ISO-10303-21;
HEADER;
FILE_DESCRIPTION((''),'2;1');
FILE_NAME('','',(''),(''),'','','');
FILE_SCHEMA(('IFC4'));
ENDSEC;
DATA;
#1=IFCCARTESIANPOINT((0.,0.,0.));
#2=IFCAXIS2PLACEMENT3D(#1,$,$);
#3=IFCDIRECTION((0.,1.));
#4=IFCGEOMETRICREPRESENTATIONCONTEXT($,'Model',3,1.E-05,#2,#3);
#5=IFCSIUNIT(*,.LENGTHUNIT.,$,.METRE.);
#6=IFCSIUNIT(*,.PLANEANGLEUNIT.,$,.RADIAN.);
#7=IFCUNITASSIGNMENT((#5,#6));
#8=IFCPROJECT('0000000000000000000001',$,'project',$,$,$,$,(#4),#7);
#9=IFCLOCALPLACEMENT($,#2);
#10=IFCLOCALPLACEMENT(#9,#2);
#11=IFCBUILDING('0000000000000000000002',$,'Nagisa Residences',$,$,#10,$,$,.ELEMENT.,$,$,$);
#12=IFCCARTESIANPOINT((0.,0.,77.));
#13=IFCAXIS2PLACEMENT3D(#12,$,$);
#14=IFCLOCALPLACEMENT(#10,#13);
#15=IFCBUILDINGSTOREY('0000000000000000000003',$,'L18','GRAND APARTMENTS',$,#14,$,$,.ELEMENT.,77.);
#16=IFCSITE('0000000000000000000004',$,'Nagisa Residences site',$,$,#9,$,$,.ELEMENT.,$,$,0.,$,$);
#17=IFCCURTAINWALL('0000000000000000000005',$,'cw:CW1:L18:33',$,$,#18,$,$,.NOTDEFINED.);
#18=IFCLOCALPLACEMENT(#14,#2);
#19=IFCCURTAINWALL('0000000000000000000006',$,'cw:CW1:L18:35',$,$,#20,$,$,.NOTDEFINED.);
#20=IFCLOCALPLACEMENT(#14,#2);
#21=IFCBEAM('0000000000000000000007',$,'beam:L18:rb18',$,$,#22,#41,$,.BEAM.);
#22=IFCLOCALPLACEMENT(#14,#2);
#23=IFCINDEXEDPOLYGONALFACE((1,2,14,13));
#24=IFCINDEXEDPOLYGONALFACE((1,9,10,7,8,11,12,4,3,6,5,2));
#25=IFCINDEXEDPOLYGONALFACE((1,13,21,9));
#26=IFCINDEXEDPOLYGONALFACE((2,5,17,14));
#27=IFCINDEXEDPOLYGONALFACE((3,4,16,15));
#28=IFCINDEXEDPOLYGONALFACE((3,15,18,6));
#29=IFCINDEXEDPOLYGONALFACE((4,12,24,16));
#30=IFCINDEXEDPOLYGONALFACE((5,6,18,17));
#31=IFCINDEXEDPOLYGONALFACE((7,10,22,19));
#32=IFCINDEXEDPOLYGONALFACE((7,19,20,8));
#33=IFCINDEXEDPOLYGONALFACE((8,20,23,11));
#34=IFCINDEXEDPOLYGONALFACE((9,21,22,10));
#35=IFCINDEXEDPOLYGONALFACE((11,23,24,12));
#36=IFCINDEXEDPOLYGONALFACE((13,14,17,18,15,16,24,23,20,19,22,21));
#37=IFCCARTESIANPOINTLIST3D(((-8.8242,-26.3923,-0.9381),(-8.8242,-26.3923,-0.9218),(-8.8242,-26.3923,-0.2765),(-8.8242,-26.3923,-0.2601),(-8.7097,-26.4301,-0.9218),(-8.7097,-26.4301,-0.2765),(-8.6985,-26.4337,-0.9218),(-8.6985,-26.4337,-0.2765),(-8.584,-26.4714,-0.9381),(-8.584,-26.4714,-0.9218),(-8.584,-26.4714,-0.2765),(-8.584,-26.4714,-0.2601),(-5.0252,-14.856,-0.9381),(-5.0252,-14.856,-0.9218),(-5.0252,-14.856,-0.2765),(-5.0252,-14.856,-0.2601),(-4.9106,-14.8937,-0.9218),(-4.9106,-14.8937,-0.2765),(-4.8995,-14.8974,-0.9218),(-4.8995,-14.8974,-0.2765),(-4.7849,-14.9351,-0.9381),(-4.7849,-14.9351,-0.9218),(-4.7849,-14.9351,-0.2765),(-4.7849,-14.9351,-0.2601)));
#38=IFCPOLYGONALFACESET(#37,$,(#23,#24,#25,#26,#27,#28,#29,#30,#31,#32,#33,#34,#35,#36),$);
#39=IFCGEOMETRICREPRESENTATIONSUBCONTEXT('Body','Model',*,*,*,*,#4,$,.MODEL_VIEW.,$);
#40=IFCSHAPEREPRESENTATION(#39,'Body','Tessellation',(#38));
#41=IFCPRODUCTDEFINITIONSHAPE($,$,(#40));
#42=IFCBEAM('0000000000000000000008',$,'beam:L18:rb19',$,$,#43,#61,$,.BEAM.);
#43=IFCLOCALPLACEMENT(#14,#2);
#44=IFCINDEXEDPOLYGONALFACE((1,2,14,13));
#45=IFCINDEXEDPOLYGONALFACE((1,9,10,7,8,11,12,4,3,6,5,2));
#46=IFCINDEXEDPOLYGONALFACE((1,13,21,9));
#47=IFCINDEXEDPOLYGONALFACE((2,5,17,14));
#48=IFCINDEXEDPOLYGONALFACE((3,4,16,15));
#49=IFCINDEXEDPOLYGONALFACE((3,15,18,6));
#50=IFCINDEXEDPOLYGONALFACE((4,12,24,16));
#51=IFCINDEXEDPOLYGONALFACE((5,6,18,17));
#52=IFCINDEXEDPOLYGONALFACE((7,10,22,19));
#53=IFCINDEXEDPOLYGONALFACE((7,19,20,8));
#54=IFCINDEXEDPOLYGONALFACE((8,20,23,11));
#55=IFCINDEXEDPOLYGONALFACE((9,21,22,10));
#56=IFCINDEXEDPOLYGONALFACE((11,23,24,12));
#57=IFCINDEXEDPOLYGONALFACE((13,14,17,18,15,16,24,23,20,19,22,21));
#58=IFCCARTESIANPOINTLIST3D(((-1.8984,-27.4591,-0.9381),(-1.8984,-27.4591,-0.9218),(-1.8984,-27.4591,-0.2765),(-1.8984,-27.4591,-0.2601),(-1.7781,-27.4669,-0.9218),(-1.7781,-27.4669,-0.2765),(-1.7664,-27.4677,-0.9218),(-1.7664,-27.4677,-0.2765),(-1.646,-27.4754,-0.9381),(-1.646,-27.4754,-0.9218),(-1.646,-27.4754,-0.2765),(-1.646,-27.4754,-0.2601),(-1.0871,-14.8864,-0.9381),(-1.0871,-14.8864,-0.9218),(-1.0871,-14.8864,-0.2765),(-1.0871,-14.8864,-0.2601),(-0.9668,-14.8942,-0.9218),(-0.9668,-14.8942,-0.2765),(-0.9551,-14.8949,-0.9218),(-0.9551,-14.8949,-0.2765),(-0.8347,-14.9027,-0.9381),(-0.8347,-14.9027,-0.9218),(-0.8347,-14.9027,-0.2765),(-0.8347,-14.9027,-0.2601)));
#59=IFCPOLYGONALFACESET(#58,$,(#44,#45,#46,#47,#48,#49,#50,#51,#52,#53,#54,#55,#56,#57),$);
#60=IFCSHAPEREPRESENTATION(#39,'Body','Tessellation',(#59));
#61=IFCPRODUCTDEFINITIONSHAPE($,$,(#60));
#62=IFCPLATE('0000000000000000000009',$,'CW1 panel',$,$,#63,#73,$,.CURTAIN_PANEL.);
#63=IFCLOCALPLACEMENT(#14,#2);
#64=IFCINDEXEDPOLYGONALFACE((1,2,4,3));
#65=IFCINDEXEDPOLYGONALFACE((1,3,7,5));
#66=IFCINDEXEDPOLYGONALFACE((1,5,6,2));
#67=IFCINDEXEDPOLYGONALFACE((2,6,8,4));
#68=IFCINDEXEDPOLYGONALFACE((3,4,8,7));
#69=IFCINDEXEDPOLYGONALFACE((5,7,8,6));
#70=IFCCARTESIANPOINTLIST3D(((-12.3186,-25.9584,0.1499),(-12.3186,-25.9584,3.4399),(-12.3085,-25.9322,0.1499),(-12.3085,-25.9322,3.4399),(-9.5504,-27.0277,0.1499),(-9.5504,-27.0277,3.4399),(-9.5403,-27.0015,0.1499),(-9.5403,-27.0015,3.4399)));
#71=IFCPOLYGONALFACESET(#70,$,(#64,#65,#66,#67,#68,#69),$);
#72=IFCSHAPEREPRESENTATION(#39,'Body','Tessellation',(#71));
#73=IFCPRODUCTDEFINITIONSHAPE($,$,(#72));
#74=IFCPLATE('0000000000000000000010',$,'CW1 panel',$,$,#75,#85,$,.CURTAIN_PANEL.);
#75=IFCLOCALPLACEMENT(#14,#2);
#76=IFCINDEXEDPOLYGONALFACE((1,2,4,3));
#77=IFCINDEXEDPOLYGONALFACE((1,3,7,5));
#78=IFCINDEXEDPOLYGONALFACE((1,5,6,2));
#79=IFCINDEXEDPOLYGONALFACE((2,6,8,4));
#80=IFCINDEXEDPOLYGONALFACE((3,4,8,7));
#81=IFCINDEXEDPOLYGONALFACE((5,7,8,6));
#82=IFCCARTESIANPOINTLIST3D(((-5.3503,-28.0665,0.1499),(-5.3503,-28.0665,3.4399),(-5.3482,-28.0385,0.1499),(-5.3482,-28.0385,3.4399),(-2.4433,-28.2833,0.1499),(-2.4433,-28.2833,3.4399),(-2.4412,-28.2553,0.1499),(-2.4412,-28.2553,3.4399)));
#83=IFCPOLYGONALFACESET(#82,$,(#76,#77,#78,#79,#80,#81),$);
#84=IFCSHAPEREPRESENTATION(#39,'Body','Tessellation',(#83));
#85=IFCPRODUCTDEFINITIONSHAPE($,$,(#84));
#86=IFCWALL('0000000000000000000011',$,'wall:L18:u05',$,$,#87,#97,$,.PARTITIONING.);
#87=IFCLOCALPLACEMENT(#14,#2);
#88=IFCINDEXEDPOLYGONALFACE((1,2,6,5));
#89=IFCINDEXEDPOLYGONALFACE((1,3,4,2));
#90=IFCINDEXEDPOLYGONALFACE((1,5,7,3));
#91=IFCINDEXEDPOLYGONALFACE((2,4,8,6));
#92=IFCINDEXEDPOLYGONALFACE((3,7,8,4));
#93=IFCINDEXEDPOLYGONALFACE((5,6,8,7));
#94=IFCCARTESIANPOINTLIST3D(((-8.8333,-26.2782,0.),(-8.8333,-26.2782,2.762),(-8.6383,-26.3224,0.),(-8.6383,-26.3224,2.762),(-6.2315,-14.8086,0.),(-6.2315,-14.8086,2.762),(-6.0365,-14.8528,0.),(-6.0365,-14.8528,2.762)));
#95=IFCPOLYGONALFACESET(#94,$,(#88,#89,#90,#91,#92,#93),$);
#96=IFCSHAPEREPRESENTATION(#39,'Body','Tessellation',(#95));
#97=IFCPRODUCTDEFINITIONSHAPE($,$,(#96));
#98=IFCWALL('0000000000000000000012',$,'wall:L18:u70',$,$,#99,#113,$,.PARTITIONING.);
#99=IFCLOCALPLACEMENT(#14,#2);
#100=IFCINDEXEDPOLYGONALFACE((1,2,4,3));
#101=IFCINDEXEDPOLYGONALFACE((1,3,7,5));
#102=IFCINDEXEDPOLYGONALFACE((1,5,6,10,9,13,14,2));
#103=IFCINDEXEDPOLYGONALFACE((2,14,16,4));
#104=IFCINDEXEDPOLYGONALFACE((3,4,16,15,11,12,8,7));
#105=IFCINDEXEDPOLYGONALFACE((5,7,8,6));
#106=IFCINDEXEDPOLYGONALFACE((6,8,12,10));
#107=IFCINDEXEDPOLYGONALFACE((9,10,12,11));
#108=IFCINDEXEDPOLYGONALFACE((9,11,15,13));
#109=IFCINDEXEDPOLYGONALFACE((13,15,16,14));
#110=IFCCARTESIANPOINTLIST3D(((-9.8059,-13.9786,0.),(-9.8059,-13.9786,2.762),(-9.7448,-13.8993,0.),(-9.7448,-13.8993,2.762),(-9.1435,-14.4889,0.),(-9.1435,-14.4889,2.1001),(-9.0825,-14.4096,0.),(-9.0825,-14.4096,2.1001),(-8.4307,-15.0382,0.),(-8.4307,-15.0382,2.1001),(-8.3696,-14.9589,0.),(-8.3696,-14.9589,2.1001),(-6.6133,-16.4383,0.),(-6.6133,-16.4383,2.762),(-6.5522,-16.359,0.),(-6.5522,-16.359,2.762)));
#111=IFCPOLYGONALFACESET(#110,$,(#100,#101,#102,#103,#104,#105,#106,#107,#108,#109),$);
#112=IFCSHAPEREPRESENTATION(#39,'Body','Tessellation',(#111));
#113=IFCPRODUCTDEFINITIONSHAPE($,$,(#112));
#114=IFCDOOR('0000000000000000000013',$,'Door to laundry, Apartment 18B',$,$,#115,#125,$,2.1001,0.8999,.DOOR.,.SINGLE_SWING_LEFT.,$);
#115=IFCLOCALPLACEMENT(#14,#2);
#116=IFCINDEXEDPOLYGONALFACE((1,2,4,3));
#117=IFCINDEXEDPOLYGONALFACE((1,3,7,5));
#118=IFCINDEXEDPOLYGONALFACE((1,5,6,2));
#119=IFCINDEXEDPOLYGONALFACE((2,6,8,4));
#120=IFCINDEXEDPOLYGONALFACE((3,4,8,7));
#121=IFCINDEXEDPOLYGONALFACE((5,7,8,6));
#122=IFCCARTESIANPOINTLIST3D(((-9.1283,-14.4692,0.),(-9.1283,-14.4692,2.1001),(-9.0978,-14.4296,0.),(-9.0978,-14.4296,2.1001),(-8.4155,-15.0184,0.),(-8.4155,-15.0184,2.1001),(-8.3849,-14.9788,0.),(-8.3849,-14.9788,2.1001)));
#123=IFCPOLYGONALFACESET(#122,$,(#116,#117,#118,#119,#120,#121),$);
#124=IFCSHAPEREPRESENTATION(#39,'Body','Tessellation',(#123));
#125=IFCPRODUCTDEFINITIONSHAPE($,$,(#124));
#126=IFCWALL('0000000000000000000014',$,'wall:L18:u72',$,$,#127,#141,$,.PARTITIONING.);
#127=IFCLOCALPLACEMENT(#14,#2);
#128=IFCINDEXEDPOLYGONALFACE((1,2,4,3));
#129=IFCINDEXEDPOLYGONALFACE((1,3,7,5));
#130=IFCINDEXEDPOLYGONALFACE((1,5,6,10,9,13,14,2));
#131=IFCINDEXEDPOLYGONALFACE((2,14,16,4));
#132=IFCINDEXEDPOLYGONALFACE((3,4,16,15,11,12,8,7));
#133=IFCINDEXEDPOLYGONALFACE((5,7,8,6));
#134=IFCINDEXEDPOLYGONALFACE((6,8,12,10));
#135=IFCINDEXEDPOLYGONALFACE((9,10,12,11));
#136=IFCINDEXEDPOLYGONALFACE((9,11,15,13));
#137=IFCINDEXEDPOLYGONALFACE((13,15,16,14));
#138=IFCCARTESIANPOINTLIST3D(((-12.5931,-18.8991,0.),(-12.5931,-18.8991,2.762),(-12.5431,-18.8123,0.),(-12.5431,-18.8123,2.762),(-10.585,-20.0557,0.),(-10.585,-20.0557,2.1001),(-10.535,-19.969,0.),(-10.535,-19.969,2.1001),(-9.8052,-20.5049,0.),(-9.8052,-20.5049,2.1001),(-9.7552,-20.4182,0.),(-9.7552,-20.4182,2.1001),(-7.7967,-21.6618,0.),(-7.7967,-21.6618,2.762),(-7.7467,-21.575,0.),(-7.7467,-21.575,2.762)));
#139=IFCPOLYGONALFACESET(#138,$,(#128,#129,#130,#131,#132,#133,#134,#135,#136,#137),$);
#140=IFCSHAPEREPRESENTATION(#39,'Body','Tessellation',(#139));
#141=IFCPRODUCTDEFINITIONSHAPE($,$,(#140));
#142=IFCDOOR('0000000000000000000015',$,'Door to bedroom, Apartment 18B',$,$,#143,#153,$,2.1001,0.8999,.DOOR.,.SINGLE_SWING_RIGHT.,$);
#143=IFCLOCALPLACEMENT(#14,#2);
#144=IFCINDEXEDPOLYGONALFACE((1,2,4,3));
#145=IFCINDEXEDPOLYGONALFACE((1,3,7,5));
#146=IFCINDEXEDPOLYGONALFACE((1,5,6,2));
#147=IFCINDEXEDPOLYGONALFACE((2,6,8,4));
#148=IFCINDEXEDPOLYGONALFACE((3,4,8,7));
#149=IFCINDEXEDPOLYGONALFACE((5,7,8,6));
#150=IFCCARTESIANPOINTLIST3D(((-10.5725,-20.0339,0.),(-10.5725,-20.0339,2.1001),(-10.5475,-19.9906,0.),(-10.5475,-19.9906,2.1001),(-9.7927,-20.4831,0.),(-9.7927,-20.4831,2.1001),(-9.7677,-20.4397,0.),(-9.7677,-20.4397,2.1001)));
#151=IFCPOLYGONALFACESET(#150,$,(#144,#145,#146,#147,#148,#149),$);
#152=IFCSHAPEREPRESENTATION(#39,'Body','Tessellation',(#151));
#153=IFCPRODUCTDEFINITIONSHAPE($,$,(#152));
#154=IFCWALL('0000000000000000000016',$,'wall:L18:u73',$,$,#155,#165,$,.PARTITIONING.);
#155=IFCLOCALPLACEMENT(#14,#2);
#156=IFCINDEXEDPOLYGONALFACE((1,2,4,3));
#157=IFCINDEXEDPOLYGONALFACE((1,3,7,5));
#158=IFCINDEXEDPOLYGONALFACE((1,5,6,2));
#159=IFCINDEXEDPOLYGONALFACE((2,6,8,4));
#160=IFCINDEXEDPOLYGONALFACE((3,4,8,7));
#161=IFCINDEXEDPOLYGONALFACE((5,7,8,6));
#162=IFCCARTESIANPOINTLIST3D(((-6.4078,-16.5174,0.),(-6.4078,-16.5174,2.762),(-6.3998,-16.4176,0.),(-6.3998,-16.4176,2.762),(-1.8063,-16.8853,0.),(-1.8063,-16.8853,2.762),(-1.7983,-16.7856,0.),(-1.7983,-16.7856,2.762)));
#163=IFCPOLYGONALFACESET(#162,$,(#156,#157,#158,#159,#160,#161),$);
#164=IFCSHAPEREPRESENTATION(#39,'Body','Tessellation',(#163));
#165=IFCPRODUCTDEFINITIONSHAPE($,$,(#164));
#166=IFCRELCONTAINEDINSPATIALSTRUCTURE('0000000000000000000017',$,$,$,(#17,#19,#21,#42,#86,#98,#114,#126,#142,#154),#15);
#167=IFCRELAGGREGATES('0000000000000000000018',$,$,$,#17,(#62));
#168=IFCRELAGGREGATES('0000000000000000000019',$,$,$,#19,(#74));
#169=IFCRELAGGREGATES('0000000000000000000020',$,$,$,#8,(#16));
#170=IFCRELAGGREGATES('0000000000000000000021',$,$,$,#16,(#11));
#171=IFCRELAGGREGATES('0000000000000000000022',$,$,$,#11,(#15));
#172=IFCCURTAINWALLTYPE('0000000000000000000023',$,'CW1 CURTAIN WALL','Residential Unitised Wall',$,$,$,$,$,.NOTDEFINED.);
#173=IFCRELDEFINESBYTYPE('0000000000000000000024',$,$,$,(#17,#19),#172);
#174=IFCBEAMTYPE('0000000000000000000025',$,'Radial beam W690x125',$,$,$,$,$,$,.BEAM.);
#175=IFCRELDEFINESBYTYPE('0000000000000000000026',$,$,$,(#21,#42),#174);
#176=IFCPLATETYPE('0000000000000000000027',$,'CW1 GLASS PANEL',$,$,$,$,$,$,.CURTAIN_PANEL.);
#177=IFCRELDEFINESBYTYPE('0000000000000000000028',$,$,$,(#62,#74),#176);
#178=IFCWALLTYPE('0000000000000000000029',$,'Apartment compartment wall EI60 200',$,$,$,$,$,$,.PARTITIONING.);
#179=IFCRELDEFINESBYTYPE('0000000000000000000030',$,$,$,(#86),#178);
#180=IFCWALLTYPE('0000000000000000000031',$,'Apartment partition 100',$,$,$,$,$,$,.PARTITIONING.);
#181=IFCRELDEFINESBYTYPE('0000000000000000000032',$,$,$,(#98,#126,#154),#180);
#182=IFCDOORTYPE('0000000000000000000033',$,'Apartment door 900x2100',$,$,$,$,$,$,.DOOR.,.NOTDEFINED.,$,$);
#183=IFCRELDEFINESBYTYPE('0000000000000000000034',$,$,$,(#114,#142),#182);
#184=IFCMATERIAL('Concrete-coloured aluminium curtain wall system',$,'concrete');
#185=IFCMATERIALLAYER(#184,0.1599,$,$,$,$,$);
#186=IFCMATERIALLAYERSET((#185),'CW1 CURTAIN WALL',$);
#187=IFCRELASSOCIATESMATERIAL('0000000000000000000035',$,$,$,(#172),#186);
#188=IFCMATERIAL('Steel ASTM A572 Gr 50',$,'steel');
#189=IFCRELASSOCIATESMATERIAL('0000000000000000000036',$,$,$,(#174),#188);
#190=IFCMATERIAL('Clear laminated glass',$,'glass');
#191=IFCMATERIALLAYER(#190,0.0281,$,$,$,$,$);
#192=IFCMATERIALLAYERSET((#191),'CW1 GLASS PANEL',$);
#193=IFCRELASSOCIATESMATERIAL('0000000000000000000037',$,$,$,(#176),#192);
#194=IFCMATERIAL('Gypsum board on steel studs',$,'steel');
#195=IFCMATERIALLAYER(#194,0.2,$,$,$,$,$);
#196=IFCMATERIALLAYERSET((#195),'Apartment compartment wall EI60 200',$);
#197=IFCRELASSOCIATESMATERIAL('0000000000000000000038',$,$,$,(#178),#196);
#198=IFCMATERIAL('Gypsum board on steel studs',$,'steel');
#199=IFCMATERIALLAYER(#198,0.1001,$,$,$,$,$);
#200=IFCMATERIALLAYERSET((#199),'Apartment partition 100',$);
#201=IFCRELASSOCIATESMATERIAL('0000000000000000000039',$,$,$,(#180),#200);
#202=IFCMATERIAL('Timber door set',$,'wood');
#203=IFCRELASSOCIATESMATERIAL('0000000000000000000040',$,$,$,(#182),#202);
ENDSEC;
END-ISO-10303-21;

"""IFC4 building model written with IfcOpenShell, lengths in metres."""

from ifc_helpers import new_model, si_unit, direction, frame, frame_2d, origin, origin_2d, place, context, subcontext, project, spatial, rectangle, i_section, extrude, material, layer, layer_set, material_profile, profile_set, type_object, element, fill, aggregate, save


model = new_model("IFC4")

# Units and contexts
model_context = context("Model", 3, precision=1e-05, world=origin(), true_north=direction((0.0, 1.0)))
body_context = subcontext(model_context, "Body", "Model", "MODEL_VIEW")
ifc_project = project(units=[si_unit("LENGTHUNIT", "METRE"), si_unit("PLANEANGLEUNIT", "RADIAN")], contexts=[model_context])

# Site, building, storey
site_placement = place(None, origin())
site = spatial("IfcSite", under=ifc_project, at=site_placement, Name="Nagisa Residences site", CompositionType="ELEMENT", RefElevation=0.0)
building_placement = place(site_placement, origin())
building = spatial("IfcBuilding", under=site, at=building_placement, Name="Nagisa Residences", CompositionType="ELEMENT")
storey_placement = place(building_placement, frame((0.0, 0.0, 77.0)))
storey = spatial("IfcBuildingStorey", under=building, at=storey_placement, Name="L18", Description="GRAND APARTMENTS", CompositionType="ELEMENT", Elevation=77.0)

# Curtain walls
ifc_material_1 = material(Name="Concrete-coloured aluminium curtain wall system", Category="concrete")
ifc_layer_1 = layer(ifc_material_1, 0.1599)
ifc_layer_set_1 = layer_set([ifc_layer_1], Name="CW1 CURTAIN WALL")
curtain_wall_type = type_object("IfcCurtainWallType", Name="CW1 CURTAIN WALL", Description="Residential Unitised Wall", PredefinedType="NOTDEFINED", material=ifc_layer_set_1)
curtain_wall_1_placement = place(storey_placement, origin())
curtain_wall_1 = element("IfcCurtainWall", 1, at=curtain_wall_1_placement, inside=storey, type_object=curtain_wall_type, Name="cw:CW1:L18:33", PredefinedType="NOTDEFINED")
curtain_wall_2_placement = place(storey_placement, origin())
curtain_wall_2 = element("IfcCurtainWall", 2, at=curtain_wall_2_placement, inside=storey, type_object=curtain_wall_type, Name="cw:CW1:L18:35", PredefinedType="NOTDEFINED")

# Beams
ifc_material_2 = material(Name="Steel ASTM A572 Gr 50", Category="steel")
ifc_material_profile_1 = material_profile(ifc_material_2, i_section(OverallWidth=0.2529, OverallDepth=0.678, WebThickness=0.0117, FlangeThickness=0.0164, at=origin_2d()), Name="W690x125")
ifc_profile_set_1 = profile_set([ifc_material_profile_1], Name="Steel ASTM A572 Gr 50")
beam_type_1 = type_object("IfcBeamType", Name="Radial beam W690x125", PredefinedType="BEAM", material=ifc_profile_set_1)
beam_1_placement = place(storey_placement, frame((-8.7041, -26.4319, -0.5991), z_axis=(0.312788, 0.949823, 0.0), x_axis=(-0.949823, 0.312788, 0.0)))
element("IfcBeam", 3, at=beam_1_placement, inside=storey, type_object=beam_type_1, Name="beam:L18:rb18", PredefinedType="BEAM", context=body_context, shape_type="SweptSolid", body=[
    extrude(i_section(OverallWidth=0.2529, OverallDepth=0.678, WebThickness=0.0117, FlangeThickness=0.0164, at=origin_2d()), origin(), (0.0, 0.0, 1.0), 12.1458),
])
beam_2_placement = place(storey_placement, frame((-1.7722, -27.4673, -0.5991), z_axis=(0.064393, 0.997925, 0.0), x_axis=(-0.997925, 0.064393, 0.0)))
element("IfcBeam", 4, at=beam_2_placement, inside=storey, type_object=beam_type_1, Name="beam:L18:rb19", PredefinedType="BEAM", context=body_context, shape_type="SweptSolid", body=[
    extrude(i_section(OverallWidth=0.2529, OverallDepth=0.678, WebThickness=0.0117, FlangeThickness=0.0164, at=origin_2d()), origin(), (0.0, 0.0, 1.0), 12.5989),
])

# Plates
ifc_material_3 = material(Name="Clear laminated glass", Category="glass")
ifc_layer_2 = layer(ifc_material_3, 0.0281)
ifc_layer_set_2 = layer_set([ifc_layer_2], Name="CW1 GLASS PANEL")
plate_type = type_object("IfcPlateType", Name="CW1 GLASS PANEL", PredefinedType="CURTAIN_PANEL", material=ifc_layer_set_2)
plate_1_placement = place(storey_placement, frame((-10.9294, -26.48, 0.1499), z_axis=(0.0, 0.0, 1.0), x_axis=(0.932826, -0.360328, 0.0)))
plate_1 = element("IfcPlate", 5, at=plate_1_placement, type_object=plate_type, Name="CW1 panel", PredefinedType="CURTAIN_PANEL", context=body_context, shape_type="SweptSolid", body=[
    extrude(rectangle(XDim=2.9675, YDim=0.0281, at=origin_2d()), origin(), (0.0, 0.0, 1.0), 3.29),
])
aggregate(curtain_wall_1, [plate_1])
plate_2_placement = place(storey_placement, frame((-3.8958, -28.1609, 0.1499), z_axis=(0.0, 0.0, 1.0), x_axis=(0.99723, -0.074377, 0.0)))
plate_2 = element("IfcPlate", 6, at=plate_2_placement, type_object=plate_type, Name="CW1 panel", PredefinedType="CURTAIN_PANEL", context=body_context, shape_type="SweptSolid", body=[
    extrude(rectangle(XDim=2.915, YDim=0.0281, at=origin_2d()), origin(), (0.0, 0.0, 1.0), 3.29),
])
aggregate(curtain_wall_2, [plate_2])

# Wall
ifc_material_4 = material(Name="Gypsum board on steel studs", Category="steel")
ifc_layer_3 = layer(ifc_material_4, 0.2)
ifc_layer_set_3 = layer_set([ifc_layer_3], Name="Apartment compartment wall EI60 200")
wall_type_1 = type_object("IfcWallType", Name="Apartment compartment wall EI60 200", PredefinedType="PARTITIONING", material=ifc_layer_set_3)
wall_1_placement = place(storey_placement, frame((-6.134, -14.8308, 0.0), z_axis=(0.0, 0.0, 1.0), x_axis=(-0.221225, -0.975223, 0.0)))
element("IfcWall", 7, at=wall_1_placement, inside=storey, type_object=wall_type_1, Name="wall:L18:u05", PredefinedType="PARTITIONING", context=body_context, shape_type="SweptSolid", body=[
    extrude(rectangle(XDim=11.761, YDim=0.2, at=frame_2d((5.8804, 0.0))), origin(), (0.0, 0.0, 1.0), 2.762),
])

# Walls, openings, doors
ifc_material_5 = material(Name="Gypsum board on steel studs", Category="steel")
ifc_layer_4 = layer(ifc_material_5, 0.1001)
ifc_layer_set_4 = layer_set([ifc_layer_4], Name="Apartment partition 100")
wall_type_2 = type_object("IfcWallType", Name="Apartment partition 100", PredefinedType="PARTITIONING", material=ifc_layer_set_4)
wall_2_placement = place(storey_placement, frame((-9.7754, -13.939, 0.0), z_axis=(0.0, 0.0, 1.0), x_axis=(0.792162, -0.610311, 0.0)))
wall_2 = element("IfcWall", 8, at=wall_2_placement, inside=storey, type_object=wall_type_2, Name="wall:L18:u70", PredefinedType="PARTITIONING", context=body_context, shape_type="SweptSolid", body=[
    extrude(rectangle(XDim=4.0303, YDim=0.1001, at=frame_2d((2.0151, 0.0))), origin(), (0.0, 0.0, 1.0), 2.762),
])
opening_1_placement = place(wall_2_placement, frame((0.8362, 0.0, 0.0)))
opening_1 = element("IfcOpeningElement", 9, at=opening_1_placement, cuts=wall_2, PredefinedType="OPENING", context=body_context, shape_type="SweptSolid", body=[
    extrude(rectangle(XDim=0.8999, YDim=2.1001, at=frame_2d((0.45, 1.05))), frame((0.0, 0.0601, 0.0), z_axis=(0.0, -1.0, 0.0), x_axis=(1.0, 0.0, 0.0)), (0.0, 0.0, 1.0), 0.1201),
])
ifc_material_6 = material(Name="Timber door set", Category="wood")
door_type_1 = type_object("IfcDoorType", Name="Apartment door 900x2100", OperationType="NOTDEFINED", PredefinedType="DOOR", material=ifc_material_6)
door_1_placement = place(opening_1_placement, origin())
door_1 = element("IfcDoor", 10, at=door_1_placement, inside=storey, type_object=door_type_1, Name="Door to laundry, Apartment 18B", OperationType="SINGLE_SWING_LEFT", OverallHeight=2.1001, OverallWidth=0.8999, PredefinedType="DOOR", context=body_context, shape_type="SweptSolid", body=[
    extrude(rectangle(XDim=0.8999, YDim=2.1001, at=frame_2d((0.45, 1.05))), frame((0.0, 0.0249, 0.0), z_axis=(0.0, -1.0, 0.0), x_axis=(1.0, 0.0, 0.0)), (0.0, 0.0, 1.0), 0.05),
])
fill(opening_1, door_1)
wall_3_placement = place(storey_placement, frame((-12.5681, -18.8557, 0.0), z_axis=(0.0, 0.0, 1.0), x_axis=(0.866533, -0.499119, 0.0)))
wall_3 = element("IfcWall", 11, at=wall_3_placement, inside=storey, type_object=wall_type_2, Name="wall:L18:u72", PredefinedType="PARTITIONING", context=body_context, shape_type="SweptSolid", body=[
    extrude(rectangle(XDim=5.5352, YDim=0.1001, at=frame_2d((2.7676, 0.0))), origin(), (0.0, 0.0, 1.0), 2.762),
])
opening_2_placement = place(wall_3_placement, frame((2.3174, 0.0, 0.0)))
opening_2 = element("IfcOpeningElement", 12, at=opening_2_placement, cuts=wall_3, PredefinedType="OPENING", context=body_context, shape_type="SweptSolid", body=[
    extrude(rectangle(XDim=0.8999, YDim=2.1001, at=frame_2d((0.45, 1.05))), frame((0.0, 0.0601, 0.0), z_axis=(0.0, -1.0, 0.0), x_axis=(1.0, 0.0, 0.0)), (0.0, 0.0, 1.0), 0.1201),
])
door_2_placement = place(opening_2_placement, frame((0.8999, 0.0, 0.0), x_axis=(-1.0, 0.0, 0.0)))
door_2 = element("IfcDoor", 13, at=door_2_placement, inside=storey, type_object=door_type_1, Name="Door to bedroom, Apartment 18B", OperationType="SINGLE_SWING_RIGHT", OverallHeight=2.1001, OverallWidth=0.8999, PredefinedType="DOOR", context=body_context, shape_type="SweptSolid", body=[
    extrude(rectangle(XDim=0.8999, YDim=2.1001, at=frame_2d((0.45, 1.05))), frame((0.0, 0.0249, 0.0), z_axis=(0.0, -1.0, 0.0), x_axis=(1.0, 0.0, 0.0)), (0.0, 0.0, 1.0), 0.05),
])
fill(opening_2, door_2)

# Wall
wall_4_placement = place(storey_placement, frame((-6.4038, -16.4675, 0.0), z_axis=(0.0, 0.0, 1.0), x_axis=(0.996819, -0.079701, 0.0)))
element("IfcWall", 14, at=wall_4_placement, inside=storey, type_object=wall_type_2, Name="wall:L18:u73", PredefinedType="PARTITIONING", context=body_context, shape_type="SweptSolid", body=[
    extrude(rectangle(XDim=4.6162, YDim=0.1001, at=frame_2d((2.3081, 0.0))), origin(), (0.0, 0.0, 1.0), 2.762),
])

save(model, "model.ifc")
